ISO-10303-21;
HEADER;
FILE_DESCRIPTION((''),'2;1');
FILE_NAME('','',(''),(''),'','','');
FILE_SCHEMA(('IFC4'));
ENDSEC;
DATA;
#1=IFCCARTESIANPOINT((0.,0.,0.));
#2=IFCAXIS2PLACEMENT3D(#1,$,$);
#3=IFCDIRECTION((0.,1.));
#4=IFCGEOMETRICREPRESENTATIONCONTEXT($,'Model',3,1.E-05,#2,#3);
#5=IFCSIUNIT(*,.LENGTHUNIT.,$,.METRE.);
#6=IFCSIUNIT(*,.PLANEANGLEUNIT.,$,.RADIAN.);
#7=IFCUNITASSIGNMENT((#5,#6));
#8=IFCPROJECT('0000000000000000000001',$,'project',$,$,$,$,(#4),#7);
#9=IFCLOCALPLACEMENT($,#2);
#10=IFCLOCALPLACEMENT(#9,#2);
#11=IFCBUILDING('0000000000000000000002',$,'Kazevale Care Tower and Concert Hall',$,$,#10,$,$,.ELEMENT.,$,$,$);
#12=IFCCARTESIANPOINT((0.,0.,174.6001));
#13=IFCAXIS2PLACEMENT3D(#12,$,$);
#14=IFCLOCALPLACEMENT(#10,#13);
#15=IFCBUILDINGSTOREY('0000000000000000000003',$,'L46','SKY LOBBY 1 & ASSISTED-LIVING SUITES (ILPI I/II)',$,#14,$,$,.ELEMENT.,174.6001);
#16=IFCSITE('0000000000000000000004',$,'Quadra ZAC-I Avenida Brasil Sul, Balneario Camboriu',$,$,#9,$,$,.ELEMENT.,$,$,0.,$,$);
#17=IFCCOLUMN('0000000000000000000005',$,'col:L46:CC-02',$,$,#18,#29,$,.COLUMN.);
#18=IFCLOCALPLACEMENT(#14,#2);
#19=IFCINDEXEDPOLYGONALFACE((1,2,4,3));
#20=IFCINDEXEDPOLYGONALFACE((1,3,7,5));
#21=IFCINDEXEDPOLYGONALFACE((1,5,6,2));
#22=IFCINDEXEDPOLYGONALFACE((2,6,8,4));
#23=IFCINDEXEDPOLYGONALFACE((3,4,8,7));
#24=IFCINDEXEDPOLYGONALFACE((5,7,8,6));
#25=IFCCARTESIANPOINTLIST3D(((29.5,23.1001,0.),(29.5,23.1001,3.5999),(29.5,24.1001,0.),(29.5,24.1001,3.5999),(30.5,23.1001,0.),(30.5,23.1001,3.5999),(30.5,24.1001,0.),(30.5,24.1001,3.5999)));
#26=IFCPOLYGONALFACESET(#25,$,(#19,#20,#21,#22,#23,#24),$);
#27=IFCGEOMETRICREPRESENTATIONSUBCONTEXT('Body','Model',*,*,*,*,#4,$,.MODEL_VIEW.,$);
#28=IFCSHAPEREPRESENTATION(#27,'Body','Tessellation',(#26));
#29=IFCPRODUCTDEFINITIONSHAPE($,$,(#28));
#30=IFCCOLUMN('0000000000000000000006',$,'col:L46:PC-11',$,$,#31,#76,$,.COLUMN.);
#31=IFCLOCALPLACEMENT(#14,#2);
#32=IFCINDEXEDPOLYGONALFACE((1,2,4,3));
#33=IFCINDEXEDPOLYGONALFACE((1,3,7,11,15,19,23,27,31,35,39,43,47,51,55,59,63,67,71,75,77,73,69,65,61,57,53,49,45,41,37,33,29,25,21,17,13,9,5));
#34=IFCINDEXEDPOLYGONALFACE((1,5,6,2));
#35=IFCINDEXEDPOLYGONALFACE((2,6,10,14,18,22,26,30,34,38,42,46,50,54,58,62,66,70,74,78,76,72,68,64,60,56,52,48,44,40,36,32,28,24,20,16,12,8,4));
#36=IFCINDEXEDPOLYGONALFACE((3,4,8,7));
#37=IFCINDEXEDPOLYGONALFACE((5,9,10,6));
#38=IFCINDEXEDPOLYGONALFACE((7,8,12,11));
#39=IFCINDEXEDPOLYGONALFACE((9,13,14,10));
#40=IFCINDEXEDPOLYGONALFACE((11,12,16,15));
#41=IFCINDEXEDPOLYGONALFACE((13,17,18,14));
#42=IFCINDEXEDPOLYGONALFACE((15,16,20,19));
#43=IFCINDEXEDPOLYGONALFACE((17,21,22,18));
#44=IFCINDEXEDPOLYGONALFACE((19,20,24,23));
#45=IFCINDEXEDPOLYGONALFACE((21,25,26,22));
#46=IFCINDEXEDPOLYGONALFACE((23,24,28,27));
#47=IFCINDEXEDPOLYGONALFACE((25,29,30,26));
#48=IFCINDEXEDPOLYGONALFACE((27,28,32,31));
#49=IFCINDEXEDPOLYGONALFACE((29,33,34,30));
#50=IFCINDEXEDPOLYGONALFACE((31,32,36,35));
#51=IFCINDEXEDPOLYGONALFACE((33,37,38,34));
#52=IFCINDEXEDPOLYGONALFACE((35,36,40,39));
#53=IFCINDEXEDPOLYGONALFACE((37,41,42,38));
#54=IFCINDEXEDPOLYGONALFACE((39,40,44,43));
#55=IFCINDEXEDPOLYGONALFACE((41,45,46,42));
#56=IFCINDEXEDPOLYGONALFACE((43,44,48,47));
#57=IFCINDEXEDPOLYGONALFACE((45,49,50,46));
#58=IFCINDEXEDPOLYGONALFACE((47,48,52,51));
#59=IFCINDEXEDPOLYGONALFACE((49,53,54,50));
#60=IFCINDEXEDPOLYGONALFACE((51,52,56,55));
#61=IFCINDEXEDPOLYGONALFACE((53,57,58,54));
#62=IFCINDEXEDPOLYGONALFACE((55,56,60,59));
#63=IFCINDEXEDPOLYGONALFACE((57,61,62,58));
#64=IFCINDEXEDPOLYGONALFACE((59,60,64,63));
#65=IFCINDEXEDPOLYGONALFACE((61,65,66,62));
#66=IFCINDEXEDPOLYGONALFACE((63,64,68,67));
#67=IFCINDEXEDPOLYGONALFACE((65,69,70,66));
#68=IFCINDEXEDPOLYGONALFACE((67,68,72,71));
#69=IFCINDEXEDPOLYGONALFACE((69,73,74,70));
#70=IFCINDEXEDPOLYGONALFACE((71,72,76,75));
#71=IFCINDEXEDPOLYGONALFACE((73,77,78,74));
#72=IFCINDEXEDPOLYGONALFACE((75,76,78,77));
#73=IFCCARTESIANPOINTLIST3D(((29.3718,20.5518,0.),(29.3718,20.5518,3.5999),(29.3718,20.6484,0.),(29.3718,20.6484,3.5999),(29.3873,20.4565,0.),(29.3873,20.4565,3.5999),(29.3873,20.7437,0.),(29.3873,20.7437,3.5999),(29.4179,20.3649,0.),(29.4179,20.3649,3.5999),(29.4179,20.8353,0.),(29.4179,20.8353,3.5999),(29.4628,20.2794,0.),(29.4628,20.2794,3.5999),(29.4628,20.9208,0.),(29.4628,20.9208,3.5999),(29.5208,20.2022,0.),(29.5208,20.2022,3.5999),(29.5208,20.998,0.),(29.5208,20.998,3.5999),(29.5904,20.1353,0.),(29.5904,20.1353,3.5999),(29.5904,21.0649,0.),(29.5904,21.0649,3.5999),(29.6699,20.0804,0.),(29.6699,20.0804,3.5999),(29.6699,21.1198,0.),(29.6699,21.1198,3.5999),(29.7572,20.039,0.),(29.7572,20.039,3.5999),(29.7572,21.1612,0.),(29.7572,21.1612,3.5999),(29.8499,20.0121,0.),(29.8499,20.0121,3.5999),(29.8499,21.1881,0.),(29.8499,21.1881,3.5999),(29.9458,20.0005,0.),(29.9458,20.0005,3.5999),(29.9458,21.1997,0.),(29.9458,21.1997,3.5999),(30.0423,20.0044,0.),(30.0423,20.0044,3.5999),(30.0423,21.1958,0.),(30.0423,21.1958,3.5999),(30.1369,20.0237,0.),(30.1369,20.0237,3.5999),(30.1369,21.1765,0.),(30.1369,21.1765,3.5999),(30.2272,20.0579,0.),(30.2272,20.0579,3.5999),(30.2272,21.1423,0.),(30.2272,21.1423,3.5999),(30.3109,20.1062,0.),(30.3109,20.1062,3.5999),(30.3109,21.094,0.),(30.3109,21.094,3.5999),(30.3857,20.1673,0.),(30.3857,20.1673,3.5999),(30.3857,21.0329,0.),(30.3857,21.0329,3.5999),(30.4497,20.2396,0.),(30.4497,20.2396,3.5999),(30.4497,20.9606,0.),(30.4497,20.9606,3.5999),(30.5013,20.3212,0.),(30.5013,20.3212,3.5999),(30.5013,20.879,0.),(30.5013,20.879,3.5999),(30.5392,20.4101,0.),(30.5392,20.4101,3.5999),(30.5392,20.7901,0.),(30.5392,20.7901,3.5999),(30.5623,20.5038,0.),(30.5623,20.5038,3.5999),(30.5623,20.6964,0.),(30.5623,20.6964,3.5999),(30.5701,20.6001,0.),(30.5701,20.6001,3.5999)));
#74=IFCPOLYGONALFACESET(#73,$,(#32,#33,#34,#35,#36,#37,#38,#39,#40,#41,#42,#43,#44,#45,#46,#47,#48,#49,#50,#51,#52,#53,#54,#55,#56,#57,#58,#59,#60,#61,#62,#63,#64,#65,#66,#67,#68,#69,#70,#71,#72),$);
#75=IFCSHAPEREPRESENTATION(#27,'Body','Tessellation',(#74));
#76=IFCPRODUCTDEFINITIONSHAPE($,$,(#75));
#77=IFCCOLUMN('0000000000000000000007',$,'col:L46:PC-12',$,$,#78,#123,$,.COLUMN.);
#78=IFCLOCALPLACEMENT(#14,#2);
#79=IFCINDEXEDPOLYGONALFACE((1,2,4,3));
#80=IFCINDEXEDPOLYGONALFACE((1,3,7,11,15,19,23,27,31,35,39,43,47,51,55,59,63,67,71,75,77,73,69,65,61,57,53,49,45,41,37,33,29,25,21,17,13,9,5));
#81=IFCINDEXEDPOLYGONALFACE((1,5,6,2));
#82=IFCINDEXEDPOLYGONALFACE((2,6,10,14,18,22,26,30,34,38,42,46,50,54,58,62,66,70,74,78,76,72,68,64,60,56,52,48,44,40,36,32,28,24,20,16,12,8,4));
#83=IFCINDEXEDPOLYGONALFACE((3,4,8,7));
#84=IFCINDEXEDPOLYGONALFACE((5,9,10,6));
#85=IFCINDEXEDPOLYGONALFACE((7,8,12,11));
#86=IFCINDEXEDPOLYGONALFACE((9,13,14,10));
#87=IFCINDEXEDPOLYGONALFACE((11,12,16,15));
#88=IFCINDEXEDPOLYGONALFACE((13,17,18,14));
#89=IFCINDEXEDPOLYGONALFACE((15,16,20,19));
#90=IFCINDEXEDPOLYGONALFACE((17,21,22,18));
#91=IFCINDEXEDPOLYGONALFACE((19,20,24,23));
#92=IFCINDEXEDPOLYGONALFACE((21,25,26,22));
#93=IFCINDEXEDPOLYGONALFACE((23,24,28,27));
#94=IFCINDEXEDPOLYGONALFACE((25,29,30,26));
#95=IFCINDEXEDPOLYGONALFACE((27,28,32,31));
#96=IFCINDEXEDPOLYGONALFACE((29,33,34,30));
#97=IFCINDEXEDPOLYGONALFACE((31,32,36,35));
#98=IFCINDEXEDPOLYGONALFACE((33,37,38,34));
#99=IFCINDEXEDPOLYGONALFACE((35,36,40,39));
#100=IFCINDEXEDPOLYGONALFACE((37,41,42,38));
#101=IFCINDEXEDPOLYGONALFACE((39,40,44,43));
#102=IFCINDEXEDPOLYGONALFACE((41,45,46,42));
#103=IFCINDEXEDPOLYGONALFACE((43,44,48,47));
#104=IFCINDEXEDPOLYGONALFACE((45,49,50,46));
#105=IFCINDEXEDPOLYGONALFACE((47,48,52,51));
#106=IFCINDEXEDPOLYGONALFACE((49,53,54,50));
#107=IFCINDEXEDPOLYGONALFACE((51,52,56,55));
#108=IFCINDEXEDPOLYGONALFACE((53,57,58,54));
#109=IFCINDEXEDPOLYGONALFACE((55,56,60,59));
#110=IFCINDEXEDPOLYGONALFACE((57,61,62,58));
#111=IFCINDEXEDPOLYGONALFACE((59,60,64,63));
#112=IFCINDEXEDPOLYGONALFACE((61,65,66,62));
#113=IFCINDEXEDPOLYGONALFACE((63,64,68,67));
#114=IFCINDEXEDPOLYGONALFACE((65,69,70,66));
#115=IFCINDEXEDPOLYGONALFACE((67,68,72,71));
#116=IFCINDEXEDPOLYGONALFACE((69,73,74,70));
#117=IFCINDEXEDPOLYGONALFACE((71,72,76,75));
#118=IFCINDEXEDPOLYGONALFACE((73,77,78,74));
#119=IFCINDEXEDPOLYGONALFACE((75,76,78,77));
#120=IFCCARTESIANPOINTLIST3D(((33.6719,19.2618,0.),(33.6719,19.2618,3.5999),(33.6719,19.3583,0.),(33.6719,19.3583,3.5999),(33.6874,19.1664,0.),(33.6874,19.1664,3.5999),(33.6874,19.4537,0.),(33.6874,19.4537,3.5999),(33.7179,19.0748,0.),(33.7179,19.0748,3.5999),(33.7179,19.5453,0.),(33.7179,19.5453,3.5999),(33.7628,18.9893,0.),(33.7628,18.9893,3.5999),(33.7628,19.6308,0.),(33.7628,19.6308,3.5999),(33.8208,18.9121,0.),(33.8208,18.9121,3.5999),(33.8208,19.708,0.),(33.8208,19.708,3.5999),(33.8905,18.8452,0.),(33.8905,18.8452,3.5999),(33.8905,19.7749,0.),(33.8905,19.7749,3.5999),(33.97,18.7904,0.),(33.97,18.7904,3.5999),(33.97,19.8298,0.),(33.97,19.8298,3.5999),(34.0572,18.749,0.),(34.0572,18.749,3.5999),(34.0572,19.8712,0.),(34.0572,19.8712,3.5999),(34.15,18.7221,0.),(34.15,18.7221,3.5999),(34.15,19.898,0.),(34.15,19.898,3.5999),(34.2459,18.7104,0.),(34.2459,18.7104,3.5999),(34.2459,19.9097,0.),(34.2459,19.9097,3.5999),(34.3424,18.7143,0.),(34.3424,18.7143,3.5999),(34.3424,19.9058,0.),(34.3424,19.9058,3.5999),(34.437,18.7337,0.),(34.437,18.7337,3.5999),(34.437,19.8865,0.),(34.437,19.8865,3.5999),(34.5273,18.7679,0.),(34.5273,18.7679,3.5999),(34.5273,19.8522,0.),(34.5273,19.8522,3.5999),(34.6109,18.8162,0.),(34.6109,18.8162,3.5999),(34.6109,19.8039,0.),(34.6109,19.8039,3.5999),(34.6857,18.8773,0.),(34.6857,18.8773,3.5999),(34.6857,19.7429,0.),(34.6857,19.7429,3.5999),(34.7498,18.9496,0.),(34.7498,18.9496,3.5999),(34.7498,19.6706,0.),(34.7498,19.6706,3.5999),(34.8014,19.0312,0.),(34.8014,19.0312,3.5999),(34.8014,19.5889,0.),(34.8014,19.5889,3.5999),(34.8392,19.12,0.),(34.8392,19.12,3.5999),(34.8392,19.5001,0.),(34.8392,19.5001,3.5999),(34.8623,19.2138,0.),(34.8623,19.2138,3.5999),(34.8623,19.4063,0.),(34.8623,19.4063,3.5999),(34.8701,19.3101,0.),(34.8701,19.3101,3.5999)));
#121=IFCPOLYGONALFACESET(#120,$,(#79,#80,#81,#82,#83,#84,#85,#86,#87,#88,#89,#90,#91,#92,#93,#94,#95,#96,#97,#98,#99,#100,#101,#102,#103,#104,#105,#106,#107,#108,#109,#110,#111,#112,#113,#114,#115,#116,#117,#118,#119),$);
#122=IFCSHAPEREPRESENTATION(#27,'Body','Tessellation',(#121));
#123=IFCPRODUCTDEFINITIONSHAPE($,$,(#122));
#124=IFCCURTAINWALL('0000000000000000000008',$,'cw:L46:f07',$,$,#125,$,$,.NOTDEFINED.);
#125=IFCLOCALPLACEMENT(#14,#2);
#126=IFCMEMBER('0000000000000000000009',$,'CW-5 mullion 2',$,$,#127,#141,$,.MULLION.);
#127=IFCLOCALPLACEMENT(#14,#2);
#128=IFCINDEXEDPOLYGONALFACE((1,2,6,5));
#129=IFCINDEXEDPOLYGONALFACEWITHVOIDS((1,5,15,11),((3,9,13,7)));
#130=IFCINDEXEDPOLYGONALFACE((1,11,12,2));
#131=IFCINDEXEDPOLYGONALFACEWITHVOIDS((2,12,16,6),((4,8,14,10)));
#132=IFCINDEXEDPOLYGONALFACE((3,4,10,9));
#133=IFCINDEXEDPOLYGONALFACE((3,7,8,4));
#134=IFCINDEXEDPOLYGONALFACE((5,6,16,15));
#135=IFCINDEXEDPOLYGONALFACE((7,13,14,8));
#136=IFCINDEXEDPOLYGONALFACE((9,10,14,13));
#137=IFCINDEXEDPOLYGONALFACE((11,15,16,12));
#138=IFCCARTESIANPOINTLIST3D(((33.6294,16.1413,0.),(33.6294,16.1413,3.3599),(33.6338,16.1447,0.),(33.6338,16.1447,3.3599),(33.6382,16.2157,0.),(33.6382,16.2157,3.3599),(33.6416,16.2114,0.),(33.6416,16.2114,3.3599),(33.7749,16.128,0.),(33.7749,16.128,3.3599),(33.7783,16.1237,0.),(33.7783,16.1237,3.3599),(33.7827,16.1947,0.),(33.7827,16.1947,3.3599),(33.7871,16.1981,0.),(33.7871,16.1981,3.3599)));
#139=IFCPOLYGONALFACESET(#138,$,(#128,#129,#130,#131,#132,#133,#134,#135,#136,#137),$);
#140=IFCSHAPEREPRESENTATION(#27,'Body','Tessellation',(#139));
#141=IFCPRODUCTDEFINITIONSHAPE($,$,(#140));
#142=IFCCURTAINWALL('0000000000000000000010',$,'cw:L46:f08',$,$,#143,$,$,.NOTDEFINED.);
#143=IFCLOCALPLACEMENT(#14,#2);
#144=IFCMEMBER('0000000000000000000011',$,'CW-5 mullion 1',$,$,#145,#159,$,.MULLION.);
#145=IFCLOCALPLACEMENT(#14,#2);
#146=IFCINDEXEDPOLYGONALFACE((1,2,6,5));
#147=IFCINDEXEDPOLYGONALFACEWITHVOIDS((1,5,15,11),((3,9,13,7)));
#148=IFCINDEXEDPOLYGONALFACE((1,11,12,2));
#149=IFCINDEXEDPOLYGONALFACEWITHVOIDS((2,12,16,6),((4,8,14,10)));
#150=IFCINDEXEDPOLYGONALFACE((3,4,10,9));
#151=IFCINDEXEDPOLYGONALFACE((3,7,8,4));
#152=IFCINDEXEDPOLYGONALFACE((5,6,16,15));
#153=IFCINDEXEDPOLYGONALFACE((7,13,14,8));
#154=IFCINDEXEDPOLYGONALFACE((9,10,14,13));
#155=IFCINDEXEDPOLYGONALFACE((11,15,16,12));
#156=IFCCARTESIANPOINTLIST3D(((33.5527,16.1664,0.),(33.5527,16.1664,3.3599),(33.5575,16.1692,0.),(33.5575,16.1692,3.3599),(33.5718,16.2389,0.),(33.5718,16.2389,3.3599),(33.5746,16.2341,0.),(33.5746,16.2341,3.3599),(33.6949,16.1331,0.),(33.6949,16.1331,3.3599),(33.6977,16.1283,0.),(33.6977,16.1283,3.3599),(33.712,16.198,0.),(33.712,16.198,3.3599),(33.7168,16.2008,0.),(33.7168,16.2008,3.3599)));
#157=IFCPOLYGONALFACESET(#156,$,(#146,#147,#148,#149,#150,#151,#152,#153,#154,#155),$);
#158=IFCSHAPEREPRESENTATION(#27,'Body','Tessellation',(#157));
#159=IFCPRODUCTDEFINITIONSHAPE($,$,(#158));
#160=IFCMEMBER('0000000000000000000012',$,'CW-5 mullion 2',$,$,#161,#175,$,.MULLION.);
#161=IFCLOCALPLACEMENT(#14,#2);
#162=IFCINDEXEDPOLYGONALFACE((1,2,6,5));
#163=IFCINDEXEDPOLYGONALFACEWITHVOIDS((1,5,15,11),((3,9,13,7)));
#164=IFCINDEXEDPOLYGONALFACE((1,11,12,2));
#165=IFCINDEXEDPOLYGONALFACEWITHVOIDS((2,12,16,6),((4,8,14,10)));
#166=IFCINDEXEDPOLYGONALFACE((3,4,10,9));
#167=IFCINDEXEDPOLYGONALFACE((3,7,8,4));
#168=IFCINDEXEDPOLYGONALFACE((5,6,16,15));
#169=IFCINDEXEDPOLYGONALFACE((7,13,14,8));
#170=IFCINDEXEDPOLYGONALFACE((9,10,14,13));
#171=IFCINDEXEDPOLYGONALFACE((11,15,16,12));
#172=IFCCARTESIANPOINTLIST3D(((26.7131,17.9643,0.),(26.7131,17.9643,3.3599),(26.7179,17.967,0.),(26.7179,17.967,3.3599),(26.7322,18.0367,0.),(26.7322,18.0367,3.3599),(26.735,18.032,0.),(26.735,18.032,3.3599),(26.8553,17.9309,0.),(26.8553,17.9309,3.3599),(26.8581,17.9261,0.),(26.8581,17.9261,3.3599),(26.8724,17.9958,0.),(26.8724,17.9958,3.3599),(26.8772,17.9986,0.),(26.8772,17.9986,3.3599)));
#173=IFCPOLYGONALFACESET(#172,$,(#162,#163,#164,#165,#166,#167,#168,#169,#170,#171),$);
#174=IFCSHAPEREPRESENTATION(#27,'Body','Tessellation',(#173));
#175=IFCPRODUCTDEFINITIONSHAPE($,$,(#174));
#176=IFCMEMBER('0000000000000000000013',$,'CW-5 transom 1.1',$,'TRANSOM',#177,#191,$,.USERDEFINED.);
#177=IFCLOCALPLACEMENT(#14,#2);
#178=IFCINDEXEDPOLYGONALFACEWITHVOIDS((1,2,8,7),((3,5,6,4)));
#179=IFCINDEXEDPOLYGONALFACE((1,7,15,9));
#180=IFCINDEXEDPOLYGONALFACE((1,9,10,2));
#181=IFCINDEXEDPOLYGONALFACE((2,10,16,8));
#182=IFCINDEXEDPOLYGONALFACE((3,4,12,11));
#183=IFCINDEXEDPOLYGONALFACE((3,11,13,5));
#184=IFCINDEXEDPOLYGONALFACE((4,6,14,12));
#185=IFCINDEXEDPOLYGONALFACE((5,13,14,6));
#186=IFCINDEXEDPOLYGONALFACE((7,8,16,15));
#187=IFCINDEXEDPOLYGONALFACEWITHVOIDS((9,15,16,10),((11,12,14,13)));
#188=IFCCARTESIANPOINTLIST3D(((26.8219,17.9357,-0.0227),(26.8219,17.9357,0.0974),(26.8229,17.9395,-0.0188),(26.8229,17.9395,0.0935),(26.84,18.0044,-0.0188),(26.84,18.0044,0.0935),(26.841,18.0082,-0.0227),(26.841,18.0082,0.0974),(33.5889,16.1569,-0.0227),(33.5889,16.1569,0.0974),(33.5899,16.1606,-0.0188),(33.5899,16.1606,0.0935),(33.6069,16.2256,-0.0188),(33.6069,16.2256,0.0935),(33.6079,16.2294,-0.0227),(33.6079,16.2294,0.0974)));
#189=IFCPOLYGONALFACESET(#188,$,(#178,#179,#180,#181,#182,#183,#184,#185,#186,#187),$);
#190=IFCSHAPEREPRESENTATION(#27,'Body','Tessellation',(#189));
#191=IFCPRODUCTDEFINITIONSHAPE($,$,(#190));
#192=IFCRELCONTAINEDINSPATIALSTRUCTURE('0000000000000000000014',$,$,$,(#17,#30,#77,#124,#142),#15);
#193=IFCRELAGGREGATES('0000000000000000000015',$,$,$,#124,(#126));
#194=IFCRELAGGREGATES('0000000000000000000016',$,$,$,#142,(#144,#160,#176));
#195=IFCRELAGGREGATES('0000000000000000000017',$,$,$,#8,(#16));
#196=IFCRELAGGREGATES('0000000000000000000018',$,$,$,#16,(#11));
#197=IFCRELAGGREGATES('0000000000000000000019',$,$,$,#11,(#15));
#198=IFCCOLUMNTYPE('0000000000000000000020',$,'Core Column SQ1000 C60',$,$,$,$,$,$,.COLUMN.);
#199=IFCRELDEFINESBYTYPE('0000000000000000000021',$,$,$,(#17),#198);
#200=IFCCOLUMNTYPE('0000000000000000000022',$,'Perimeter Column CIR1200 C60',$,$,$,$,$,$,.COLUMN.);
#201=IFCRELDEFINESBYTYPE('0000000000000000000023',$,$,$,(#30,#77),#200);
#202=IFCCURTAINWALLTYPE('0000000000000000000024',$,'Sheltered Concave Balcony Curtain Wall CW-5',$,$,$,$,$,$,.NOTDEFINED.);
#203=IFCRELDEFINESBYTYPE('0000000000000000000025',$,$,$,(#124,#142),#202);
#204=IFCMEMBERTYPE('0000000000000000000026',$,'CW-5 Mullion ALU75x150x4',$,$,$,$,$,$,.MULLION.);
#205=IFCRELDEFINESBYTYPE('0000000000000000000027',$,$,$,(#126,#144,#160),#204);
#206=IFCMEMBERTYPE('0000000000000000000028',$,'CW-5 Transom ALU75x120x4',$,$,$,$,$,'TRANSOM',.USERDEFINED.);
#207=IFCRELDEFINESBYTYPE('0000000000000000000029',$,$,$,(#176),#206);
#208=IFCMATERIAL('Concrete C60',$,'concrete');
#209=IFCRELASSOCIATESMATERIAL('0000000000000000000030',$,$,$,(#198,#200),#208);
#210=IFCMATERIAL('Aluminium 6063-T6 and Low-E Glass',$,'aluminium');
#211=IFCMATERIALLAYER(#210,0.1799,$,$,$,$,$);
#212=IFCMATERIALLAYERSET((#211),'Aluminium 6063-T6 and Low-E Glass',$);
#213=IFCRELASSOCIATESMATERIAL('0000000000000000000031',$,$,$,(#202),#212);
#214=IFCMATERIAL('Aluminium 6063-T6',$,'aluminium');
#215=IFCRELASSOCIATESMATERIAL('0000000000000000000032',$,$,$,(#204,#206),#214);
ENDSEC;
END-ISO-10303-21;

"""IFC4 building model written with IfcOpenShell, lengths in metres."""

from ifc_helpers import new_model, si_unit, direction, frame, origin, origin_2d, place, context, subcontext, project, spatial, rectangle, hollow_rectangle, circle, extrude, material, layer, layer_set, material_profile, profile_set, type_object, element, aggregate, save


model = new_model("IFC4")

# Units and contexts
model_context = context("Model", 3, precision=1e-05, world=origin(), true_north=direction((0.0, 1.0)))
body_context = subcontext(model_context, "Body", "Model", "MODEL_VIEW")
ifc_project = project(units=[si_unit("LENGTHUNIT", "METRE"), si_unit("PLANEANGLEUNIT", "RADIAN")], contexts=[model_context])

# Site, building, storey
site_placement = place(None, origin())
site = spatial("IfcSite", under=ifc_project, at=site_placement, Name="Quadra ZAC-I Avenida Brasil Sul, Balneario Camboriu", CompositionType="ELEMENT", RefElevation=0.0)
building_placement = place(site_placement, origin())
building = spatial("IfcBuilding", under=site, at=building_placement, Name="Kazevale Care Tower and Concert Hall", CompositionType="ELEMENT")
storey_placement = place(building_placement, frame((0.0, 0.0, 174.6001)))
storey = spatial("IfcBuildingStorey", under=building, at=storey_placement, Name="L46", Description="SKY LOBBY 1 & ASSISTED-LIVING SUITES (ILPI I/II)", CompositionType="ELEMENT", Elevation=174.6001)

# Columns
ifc_material_1 = material(Name="Concrete C60", Category="concrete")
ifc_material_profile_1 = material_profile(ifc_material_1, rectangle(XDim=1.0, YDim=1.0, at=origin_2d()), Name="RC-SQ1000")
ifc_profile_set_1 = profile_set([ifc_material_profile_1], Name="Concrete C60")
column_type_1 = type_object("IfcColumnType", Name="Core Column SQ1000 C60", PredefinedType="COLUMN", material=ifc_profile_set_1)
column_placement = place(storey_placement, frame((30.0, 23.6001, 0.0), z_axis=(0.0, 0.0, 1.0), x_axis=(1.0, 0.0, 0.0)))
element("IfcColumn", 1, at=column_placement, inside=storey, type_object=column_type_1, Name="col:L46:CC-02", PredefinedType="COLUMN", context=body_context, shape_type="SweptSolid", body=[
    extrude(rectangle(XDim=1.0, YDim=1.0, at=origin_2d()), origin(), (0.0, 0.0, 1.0), 3.5999),
])
ifc_material_profile_2 = material_profile(ifc_material_1, circle(Radius=0.6001, at=origin_2d()), Name="RC-CIR1200")
ifc_profile_set_2 = profile_set([ifc_material_profile_2], Name="Concrete C60")
column_type_2 = type_object("IfcColumnType", Name="Perimeter Column CIR1200 C60", PredefinedType="COLUMN", material=ifc_profile_set_2)
for number, where, z_axis, x_axis, name in (
    (2, (29.97, 20.6001, 0.0), (0.0, 0.0, 1.0), (1.0, 0.0, 0.0), "col:L46:PC-11"),
    (3, (34.27, 19.3101, 0.0), (0.0, 0.0, 1.0), (1.0, 0.0, 0.0), "col:L46:PC-12"),
):
    element("IfcColumn", number, at=place(storey_placement, frame(where, z_axis=z_axis, x_axis=x_axis)), inside=storey, type_object=column_type_2, Name=name, PredefinedType="COLUMN", context=body_context, shape_type="SweptSolid", body=[
        extrude(circle(Radius=0.6001, at=origin_2d()), origin(), (0.0, 0.0, 1.0), 3.5999),
    ])

# Curtain wall, member
ifc_material_2 = material(Name="Aluminium 6063-T6 and Low-E Glass", Category="aluminium")
ifc_layer_1 = layer(ifc_material_2, 0.1799)
ifc_layer_set_1 = layer_set([ifc_layer_1], Name="Aluminium 6063-T6 and Low-E Glass")
curtain_wall_type = type_object("IfcCurtainWallType", Name="Sheltered Concave Balcony Curtain Wall CW-5", PredefinedType="NOTDEFINED", material=ifc_layer_set_1)
curtain_wall_1_placement = place(storey_placement, origin())
curtain_wall_1 = element("IfcCurtainWall", 4, at=curtain_wall_1_placement, inside=storey, type_object=curtain_wall_type, Name="cw:L46:f07", PredefinedType="NOTDEFINED")
ifc_material_3 = material(Name="Aluminium 6063-T6", Category="aluminium")
ifc_material_profile_3 = material_profile(ifc_material_3, hollow_rectangle(XDim=0.075, YDim=0.1499, WallThickness=0.0039, at=origin_2d()), Name="ALU75x150x4")
ifc_profile_set_3 = profile_set([ifc_material_profile_3], Name="Aluminium 6063-T6")
member_type_1 = type_object("IfcMemberType", Name="CW-5 Mullion ALU75x150x4", PredefinedType="MULLION", material=ifc_profile_set_3)
member_1_placement = place(storey_placement, frame((33.7083, 16.1697, 0.0), z_axis=(0.0, 0.0, 1.0), x_axis=(-0.117372, -0.993088, 0.0)))
member_1 = element("IfcMember", 5, at=member_1_placement, type_object=member_type_1, Name="CW-5 mullion 2", PredefinedType="MULLION", context=body_context, shape_type="SweptSolid", body=[
    extrude(hollow_rectangle(XDim=0.075, YDim=0.1499, WallThickness=0.0039, at=origin_2d()), origin(), (0.0, 0.0, 1.0), 3.3599),
])
aggregate(curtain_wall_1, [member_1])

# Curtain wall, members
curtain_wall_2_placement = place(storey_placement, origin())
curtain_wall_2 = element("IfcCurtainWall", 6, at=curtain_wall_2_placement, inside=storey, type_object=curtain_wall_type, Name="cw:L46:f08", PredefinedType="NOTDEFINED")
member_2_placement = place(storey_placement, frame((33.6348, 16.1836, 0.0), z_axis=(0.0, 0.0, 1.0), x_axis=(-0.254238, -0.967142, 0.0)))
member_2 = element("IfcMember", 7, at=member_2_placement, type_object=member_type_1, Name="CW-5 mullion 1", PredefinedType="MULLION", context=body_context, shape_type="SweptSolid", body=[
    extrude(hollow_rectangle(XDim=0.075, YDim=0.1499, WallThickness=0.0039, at=origin_2d()), origin(), (0.0, 0.0, 1.0), 3.3599),
])
member_3_placement = place(storey_placement, frame((26.7952, 17.9814, 0.0), z_axis=(0.0, 0.0, 1.0), x_axis=(-0.254238, -0.967142, 0.0)))
member_3 = element("IfcMember", 8, at=member_3_placement, type_object=member_type_1, Name="CW-5 mullion 2", PredefinedType="MULLION", context=body_context, shape_type="SweptSolid", body=[
    extrude(hollow_rectangle(XDim=0.075, YDim=0.1499, WallThickness=0.0039, at=origin_2d()), origin(), (0.0, 0.0, 1.0), 3.3599),
])
ifc_material_profile_4 = material_profile(ifc_material_3, hollow_rectangle(XDim=0.075, YDim=0.1201, WallThickness=0.0039, at=origin_2d()), Name="ALU75x120x4")
ifc_profile_set_4 = profile_set([ifc_material_profile_4], Name="Aluminium 6063-T6")
member_type_2 = type_object("IfcMemberType", Name="CW-5 Transom ALU75x120x4", ElementType="TRANSOM", PredefinedType="USERDEFINED", material=ifc_profile_set_4)
member_4_placement = place(storey_placement, frame((33.5984, 16.1931, 0.0374), z_axis=(-0.967143, 0.254234, 0.0), x_axis=(-0.254234, -0.967143, 0.0)))
member_4 = element("IfcMember", 9, at=member_4_placement, type_object=member_type_2, Name="CW-5 transom 1.1", ObjectType="TRANSOM", PredefinedType="USERDEFINED", context=body_context, shape_type="SweptSolid", body=[
    extrude(hollow_rectangle(XDim=0.075, YDim=0.1201, WallThickness=0.0039, at=origin_2d()), origin(), (0.0, 0.0, 1.0), 6.9968),
])

aggregate(curtain_wall_2, [member_2, member_3, member_4])

save(model, "model.ifc")
